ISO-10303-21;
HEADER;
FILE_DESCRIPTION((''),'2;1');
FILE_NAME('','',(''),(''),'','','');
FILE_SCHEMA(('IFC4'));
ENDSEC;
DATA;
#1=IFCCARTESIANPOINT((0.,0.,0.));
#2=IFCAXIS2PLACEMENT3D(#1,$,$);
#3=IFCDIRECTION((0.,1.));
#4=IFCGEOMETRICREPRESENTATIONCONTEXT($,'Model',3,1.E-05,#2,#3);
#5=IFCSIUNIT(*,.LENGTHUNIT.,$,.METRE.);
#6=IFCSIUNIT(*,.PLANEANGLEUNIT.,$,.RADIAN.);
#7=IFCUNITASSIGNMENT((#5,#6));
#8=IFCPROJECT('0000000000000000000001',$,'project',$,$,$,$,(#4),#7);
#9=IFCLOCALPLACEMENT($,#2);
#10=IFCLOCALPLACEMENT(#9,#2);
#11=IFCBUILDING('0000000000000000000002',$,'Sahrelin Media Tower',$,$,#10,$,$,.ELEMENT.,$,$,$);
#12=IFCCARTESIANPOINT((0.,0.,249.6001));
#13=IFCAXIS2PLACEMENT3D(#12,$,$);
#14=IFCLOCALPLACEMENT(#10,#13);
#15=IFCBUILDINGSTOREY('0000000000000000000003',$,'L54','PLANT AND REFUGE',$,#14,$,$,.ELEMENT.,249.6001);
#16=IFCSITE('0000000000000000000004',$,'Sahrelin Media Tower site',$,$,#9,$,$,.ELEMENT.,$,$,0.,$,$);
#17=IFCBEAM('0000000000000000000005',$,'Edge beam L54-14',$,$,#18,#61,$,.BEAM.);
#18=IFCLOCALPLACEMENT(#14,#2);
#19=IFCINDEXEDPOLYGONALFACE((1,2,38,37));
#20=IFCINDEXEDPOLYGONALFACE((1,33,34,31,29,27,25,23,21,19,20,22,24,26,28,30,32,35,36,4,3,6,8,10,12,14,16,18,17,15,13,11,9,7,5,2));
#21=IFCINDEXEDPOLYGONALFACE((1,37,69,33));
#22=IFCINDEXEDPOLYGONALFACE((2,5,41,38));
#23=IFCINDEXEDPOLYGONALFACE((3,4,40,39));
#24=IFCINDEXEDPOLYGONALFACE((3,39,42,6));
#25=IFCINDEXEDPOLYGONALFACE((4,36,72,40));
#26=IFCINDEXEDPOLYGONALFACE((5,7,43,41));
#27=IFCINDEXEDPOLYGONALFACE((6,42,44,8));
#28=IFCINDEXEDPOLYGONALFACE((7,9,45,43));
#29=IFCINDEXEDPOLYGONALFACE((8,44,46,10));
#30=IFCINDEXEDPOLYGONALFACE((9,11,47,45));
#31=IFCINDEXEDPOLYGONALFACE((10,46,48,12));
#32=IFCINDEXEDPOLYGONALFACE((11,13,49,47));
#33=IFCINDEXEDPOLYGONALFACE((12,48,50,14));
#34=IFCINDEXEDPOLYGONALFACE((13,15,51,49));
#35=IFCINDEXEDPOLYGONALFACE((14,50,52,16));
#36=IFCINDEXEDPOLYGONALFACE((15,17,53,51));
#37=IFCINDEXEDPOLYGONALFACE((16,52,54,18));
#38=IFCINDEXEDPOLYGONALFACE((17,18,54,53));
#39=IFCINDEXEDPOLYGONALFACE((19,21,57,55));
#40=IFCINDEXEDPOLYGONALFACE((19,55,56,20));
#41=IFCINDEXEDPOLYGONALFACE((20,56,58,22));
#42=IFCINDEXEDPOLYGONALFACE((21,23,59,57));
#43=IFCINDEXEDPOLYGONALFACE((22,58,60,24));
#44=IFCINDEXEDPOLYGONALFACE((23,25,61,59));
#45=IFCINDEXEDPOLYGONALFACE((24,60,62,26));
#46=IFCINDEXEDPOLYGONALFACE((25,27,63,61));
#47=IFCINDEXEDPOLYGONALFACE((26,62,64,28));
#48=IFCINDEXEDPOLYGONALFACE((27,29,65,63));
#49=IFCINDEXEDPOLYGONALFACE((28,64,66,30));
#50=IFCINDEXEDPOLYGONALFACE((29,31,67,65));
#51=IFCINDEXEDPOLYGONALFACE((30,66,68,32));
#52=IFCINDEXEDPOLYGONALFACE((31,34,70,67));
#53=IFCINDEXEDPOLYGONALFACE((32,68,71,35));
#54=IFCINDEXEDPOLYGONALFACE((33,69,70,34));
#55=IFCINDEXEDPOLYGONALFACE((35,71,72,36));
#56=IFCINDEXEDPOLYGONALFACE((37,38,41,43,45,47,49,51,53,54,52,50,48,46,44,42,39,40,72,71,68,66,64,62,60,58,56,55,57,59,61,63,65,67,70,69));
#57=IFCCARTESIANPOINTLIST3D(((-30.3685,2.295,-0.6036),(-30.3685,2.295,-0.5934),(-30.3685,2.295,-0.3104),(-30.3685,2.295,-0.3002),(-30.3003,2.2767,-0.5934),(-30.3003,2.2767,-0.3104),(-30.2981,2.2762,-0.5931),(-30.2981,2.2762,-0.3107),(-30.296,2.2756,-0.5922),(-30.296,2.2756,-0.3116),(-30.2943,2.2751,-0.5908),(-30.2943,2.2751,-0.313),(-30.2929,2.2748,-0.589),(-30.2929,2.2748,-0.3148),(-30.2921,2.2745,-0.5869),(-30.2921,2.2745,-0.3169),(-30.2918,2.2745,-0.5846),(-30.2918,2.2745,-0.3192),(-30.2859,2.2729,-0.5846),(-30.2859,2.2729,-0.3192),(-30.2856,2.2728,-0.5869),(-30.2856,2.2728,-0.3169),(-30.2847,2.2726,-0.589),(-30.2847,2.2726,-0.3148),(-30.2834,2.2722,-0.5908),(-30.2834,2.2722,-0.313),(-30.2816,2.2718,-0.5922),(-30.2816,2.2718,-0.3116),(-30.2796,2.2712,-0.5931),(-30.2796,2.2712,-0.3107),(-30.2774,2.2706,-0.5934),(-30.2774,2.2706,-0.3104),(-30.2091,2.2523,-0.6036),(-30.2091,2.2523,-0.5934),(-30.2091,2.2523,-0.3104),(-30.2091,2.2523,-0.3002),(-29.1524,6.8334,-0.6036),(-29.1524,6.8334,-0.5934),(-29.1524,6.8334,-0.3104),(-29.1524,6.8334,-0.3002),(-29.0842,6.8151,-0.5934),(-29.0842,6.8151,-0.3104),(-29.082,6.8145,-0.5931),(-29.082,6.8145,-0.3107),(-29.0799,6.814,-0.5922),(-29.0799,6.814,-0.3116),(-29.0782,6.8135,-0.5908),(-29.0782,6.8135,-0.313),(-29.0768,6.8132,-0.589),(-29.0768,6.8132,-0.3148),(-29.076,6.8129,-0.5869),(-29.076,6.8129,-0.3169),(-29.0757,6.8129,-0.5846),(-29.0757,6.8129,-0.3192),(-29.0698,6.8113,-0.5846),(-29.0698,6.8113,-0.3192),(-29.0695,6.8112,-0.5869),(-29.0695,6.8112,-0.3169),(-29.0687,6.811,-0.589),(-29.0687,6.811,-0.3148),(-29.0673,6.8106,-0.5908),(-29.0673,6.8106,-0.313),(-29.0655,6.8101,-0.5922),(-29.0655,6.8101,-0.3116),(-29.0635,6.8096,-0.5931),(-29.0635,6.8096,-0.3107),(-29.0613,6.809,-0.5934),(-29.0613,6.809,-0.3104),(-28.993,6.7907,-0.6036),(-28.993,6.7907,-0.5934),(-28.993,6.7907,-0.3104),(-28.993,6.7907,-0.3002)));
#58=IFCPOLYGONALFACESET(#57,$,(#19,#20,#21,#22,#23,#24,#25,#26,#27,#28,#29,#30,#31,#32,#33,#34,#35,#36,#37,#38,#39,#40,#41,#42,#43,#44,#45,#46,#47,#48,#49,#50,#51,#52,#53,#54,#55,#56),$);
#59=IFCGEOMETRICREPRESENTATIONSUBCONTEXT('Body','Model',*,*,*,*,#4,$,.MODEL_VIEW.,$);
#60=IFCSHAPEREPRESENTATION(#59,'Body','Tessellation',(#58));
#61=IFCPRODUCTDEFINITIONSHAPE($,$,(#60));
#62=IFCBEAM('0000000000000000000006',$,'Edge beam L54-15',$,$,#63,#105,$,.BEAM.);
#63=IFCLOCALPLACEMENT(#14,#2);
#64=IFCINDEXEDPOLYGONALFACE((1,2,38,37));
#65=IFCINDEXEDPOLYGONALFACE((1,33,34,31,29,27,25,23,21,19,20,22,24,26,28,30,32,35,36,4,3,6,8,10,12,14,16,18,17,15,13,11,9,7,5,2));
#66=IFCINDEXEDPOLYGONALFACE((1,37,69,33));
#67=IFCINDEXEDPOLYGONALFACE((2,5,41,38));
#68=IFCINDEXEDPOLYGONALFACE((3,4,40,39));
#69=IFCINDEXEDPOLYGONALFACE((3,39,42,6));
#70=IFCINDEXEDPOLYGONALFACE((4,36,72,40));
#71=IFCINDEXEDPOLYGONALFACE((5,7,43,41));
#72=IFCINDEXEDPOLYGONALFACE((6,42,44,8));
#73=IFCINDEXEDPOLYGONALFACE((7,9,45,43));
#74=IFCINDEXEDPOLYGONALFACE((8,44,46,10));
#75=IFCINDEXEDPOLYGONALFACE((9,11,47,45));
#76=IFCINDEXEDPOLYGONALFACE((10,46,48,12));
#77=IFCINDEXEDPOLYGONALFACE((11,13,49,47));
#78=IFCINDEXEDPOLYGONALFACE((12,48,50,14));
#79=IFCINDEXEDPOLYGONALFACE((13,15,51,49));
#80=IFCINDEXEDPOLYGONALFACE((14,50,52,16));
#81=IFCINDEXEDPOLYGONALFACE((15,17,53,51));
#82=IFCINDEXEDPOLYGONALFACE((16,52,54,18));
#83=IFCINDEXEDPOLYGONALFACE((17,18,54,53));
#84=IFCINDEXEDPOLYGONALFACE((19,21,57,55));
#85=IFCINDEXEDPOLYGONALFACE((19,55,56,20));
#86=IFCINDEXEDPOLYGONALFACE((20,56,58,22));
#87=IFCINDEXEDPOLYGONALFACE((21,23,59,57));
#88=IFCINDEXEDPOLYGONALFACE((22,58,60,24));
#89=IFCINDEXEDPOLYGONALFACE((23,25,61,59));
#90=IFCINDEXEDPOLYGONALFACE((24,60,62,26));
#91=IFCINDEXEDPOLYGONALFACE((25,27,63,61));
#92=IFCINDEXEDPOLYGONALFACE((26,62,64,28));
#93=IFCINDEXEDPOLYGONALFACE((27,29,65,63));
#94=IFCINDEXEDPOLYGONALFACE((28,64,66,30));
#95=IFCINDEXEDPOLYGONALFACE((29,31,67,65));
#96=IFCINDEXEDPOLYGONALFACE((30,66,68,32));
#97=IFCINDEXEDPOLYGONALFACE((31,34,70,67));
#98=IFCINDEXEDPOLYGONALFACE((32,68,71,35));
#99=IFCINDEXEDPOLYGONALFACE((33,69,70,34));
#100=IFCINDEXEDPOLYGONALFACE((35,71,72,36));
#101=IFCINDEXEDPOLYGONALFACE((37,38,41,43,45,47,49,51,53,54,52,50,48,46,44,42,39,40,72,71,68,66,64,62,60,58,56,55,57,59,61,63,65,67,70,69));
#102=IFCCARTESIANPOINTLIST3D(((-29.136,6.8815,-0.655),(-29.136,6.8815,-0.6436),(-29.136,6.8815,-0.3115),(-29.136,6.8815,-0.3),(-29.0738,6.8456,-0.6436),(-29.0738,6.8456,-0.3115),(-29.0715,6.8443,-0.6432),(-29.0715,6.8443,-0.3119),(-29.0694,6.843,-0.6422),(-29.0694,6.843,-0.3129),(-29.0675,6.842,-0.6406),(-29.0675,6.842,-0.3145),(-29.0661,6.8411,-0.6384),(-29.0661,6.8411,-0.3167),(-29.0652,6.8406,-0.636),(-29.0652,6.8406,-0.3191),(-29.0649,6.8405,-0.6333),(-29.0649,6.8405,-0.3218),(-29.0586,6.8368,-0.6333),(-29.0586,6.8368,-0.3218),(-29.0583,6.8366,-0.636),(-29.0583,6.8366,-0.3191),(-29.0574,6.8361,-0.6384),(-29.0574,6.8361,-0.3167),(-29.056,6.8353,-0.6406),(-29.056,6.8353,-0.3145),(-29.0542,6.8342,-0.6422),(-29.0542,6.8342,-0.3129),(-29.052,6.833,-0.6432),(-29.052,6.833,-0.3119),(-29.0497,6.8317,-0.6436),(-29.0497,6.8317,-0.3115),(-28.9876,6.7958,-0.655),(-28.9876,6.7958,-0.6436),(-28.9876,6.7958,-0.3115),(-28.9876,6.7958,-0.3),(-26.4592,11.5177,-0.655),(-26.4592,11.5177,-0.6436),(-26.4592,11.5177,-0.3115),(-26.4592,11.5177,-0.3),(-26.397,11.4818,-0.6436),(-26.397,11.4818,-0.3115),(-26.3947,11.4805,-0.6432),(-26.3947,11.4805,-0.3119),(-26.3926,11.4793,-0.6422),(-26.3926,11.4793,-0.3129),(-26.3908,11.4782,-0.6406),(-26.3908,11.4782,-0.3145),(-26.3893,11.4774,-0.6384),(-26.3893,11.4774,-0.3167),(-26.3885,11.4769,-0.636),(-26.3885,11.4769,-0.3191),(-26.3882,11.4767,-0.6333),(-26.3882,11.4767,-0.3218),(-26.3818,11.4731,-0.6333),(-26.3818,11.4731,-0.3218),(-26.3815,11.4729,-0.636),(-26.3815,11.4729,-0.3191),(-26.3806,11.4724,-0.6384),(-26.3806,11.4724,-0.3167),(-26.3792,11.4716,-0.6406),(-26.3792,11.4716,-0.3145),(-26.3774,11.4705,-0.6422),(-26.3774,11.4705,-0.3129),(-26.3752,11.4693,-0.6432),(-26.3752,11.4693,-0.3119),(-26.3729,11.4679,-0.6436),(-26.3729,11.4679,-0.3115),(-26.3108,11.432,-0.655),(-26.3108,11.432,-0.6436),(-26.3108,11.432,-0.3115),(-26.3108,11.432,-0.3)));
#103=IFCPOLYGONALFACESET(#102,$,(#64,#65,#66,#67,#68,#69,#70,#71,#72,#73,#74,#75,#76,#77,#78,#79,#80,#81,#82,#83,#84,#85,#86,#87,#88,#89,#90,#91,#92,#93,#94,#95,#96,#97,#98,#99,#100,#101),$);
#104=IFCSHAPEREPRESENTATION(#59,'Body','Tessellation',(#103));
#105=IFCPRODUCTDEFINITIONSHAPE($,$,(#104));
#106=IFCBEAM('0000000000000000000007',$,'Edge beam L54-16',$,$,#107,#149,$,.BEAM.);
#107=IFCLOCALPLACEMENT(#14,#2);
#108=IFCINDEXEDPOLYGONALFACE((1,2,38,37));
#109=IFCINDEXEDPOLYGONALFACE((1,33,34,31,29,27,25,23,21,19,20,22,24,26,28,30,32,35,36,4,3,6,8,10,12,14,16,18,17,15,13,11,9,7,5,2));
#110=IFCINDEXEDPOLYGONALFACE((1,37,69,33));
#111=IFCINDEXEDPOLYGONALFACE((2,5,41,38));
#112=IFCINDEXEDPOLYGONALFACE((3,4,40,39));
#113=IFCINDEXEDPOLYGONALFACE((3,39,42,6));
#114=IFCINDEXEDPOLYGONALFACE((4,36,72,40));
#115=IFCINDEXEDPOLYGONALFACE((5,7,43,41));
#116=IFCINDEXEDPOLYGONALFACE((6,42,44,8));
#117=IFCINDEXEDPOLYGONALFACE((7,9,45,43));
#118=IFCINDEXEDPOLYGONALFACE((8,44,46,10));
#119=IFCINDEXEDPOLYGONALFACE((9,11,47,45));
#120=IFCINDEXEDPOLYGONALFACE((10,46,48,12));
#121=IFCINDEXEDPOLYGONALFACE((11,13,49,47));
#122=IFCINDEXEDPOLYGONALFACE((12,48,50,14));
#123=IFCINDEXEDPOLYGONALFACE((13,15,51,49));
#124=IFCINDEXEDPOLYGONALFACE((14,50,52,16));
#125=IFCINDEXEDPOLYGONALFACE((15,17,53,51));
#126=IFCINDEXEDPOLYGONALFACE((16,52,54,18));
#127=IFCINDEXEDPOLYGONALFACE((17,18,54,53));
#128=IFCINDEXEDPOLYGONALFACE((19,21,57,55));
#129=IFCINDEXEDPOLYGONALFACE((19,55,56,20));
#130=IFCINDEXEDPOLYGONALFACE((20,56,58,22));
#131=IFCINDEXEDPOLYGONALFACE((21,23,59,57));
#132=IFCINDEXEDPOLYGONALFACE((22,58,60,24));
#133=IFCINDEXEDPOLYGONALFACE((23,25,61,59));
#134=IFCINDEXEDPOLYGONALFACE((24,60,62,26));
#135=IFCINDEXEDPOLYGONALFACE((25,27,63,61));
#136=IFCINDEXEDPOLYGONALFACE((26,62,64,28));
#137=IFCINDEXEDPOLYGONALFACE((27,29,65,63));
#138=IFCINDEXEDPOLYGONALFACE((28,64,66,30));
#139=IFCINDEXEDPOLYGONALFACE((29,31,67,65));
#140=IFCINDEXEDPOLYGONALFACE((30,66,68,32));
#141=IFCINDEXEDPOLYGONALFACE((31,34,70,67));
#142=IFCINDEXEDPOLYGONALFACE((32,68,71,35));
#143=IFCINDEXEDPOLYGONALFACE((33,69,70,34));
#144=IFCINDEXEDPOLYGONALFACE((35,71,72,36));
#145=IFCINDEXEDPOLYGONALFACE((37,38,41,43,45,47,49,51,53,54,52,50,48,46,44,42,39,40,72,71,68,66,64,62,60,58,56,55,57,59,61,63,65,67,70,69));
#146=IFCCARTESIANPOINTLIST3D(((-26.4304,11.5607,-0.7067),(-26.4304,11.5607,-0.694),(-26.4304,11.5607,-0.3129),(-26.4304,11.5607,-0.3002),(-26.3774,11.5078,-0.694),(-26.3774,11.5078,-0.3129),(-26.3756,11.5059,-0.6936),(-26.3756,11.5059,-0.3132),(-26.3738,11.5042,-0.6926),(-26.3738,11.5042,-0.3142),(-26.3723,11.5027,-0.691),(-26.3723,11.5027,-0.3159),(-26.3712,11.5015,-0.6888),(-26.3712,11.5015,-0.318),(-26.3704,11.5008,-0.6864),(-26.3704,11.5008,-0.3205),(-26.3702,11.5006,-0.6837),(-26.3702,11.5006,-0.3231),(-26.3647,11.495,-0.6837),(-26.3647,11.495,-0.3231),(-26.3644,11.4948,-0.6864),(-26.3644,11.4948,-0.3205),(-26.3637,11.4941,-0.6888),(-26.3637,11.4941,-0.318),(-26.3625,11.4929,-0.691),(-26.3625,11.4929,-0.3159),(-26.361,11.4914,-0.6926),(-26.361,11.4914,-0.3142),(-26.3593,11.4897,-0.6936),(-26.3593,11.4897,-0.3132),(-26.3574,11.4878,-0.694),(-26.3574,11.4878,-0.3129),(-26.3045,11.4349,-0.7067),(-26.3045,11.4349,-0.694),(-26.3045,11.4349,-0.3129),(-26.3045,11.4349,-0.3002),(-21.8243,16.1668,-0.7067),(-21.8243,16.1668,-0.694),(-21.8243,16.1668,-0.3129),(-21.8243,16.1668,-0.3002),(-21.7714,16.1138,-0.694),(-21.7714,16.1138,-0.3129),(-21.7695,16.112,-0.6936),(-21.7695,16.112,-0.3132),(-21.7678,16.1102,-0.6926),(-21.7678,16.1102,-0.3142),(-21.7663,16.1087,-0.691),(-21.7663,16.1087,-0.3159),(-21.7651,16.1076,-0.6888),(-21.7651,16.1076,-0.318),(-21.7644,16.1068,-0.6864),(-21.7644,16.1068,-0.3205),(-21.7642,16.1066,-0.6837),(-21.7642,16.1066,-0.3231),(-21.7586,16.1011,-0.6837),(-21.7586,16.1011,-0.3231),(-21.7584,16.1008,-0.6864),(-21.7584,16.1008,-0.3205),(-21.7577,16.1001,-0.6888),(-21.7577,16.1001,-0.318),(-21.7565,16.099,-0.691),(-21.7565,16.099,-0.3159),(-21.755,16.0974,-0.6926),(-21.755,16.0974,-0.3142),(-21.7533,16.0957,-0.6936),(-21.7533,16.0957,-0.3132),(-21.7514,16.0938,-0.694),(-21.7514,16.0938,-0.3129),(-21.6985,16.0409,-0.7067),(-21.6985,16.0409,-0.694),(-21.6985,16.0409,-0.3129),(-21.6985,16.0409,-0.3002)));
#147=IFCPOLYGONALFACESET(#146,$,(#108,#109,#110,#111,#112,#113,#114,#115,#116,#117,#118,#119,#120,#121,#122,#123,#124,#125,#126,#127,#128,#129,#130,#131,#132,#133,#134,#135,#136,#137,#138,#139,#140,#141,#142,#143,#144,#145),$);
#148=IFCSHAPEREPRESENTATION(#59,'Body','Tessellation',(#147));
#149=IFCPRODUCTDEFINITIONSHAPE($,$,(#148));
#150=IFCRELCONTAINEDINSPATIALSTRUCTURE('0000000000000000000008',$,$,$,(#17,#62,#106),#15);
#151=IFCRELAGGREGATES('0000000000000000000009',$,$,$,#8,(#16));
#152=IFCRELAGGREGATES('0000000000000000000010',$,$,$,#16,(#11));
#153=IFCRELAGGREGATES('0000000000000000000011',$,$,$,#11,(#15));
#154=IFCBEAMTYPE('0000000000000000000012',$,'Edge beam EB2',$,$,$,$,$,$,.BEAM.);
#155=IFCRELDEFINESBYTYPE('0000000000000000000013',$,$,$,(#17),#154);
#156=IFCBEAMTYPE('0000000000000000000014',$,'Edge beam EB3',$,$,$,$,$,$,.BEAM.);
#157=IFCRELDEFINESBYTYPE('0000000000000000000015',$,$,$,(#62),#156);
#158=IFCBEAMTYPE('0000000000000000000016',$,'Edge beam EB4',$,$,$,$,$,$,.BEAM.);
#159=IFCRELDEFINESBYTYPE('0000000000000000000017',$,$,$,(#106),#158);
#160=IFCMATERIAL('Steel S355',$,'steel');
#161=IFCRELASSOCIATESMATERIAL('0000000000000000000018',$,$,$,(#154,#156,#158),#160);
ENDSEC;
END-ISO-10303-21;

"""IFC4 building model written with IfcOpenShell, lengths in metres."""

from ifc_helpers import new_model, si_unit, direction, frame, origin, origin_2d, place, context, subcontext, project, spatial, i_section, extrude, material, material_profile, profile_set, type_object, element, save


model = new_model("IFC4")

# Units and contexts
model_context = context("Model", 3, precision=1e-05, world=origin(), true_north=direction((0.0, 1.0)))
body_context = subcontext(model_context, "Body", "Model", "MODEL_VIEW")
ifc_project = project(units=[si_unit("LENGTHUNIT", "METRE"), si_unit("PLANEANGLEUNIT", "RADIAN")], contexts=[model_context])

# Site, building, storey
site_placement = place(None, origin())
site = spatial("IfcSite", under=ifc_project, at=site_placement, Name="Sahrelin Media Tower site", CompositionType="ELEMENT", RefElevation=0.0)
building_placement = place(site_placement, origin())
building = spatial("IfcBuilding", under=site, at=building_placement, Name="Sahrelin Media Tower", CompositionType="ELEMENT")
storey_placement = place(building_placement, frame((0.0, 0.0, 249.6001)))
storey = spatial("IfcBuildingStorey", under=building, at=storey_placement, Name="L54", Description="PLANT AND REFUGE", CompositionType="ELEMENT", Elevation=249.6001)

# Beams
ifc_material_1 = material(Name="Steel S355", Category="steel")
ifc_material_profile_1 = material_profile(ifc_material_1, i_section(OverallWidth=0.165, OverallDepth=0.3035, WebThickness=0.0061, FlangeThickness=0.0103, FilletRadius=0.0088, at=origin_2d()), Name="UB 305x165x40")
ifc_profile_set_1 = profile_set([ifc_material_profile_1], Name="Steel S355")
beam_type_1 = type_object("IfcBeamType", Name="Edge beam EB2", PredefinedType="BEAM", material=ifc_profile_set_1)
beam_1_placement = place(storey_placement, frame((-30.2888, 2.2737, -0.4519), z_axis=(0.258824, 0.965925, 0.0), x_axis=(-0.965925, 0.258824, 0.0)))
element("IfcBeam", 1, at=beam_1_placement, inside=storey, type_object=beam_type_1, Name="Edge beam L54-14", PredefinedType="BEAM", context=body_context, shape_type="SweptSolid", body=[
    extrude(i_section(OverallWidth=0.165, OverallDepth=0.3035, WebThickness=0.0061, FlangeThickness=0.0103, FilletRadius=0.0088, at=origin_2d()), origin(), (0.0, 0.0, 1.0), 4.6985),
])
ifc_material_profile_2 = material_profile(ifc_material_1, i_section(OverallWidth=0.1714, OverallDepth=0.355, WebThickness=0.0073, FlangeThickness=0.0115, FilletRadius=0.0103, at=origin_2d()), Name="UB 356x171x51")
ifc_profile_set_2 = profile_set([ifc_material_profile_2], Name="Steel S355")
beam_type_2 = type_object("IfcBeamType", Name="Edge beam EB3", PredefinedType="BEAM", material=ifc_profile_set_2)
beam_2_placement = place(storey_placement, frame((-29.0618, 6.8386, -0.4775), z_axis=(0.500004, 0.866023, 0.0), x_axis=(-0.866023, 0.500004, 0.0)))
element("IfcBeam", 2, at=beam_2_placement, inside=storey, type_object=beam_type_2, Name="Edge beam L54-15", PredefinedType="BEAM", context=body_context, shape_type="SweptSolid", body=[
    extrude(i_section(OverallWidth=0.1714, OverallDepth=0.355, WebThickness=0.0073, FlangeThickness=0.0115, FilletRadius=0.0103, at=origin_2d()), origin(), (0.0, 0.0, 1.0), 5.3535),
])
ifc_material_profile_3 = material_profile(ifc_material_1, i_section(OverallWidth=0.178, OverallDepth=0.4065, WebThickness=0.0078, FlangeThickness=0.0127, FilletRadius=0.0103, at=origin_2d()), Name="UB 406x178x60")
ifc_profile_set_3 = profile_set([ifc_material_profile_3], Name="Steel S355")
beam_type_3 = type_object("IfcBeamType", Name="Edge beam EB4", PredefinedType="BEAM", material=ifc_profile_set_3)
beam_3_placement = place(storey_placement, frame((-26.3674, 11.4978, -0.5034), z_axis=(0.707107, 0.707107, 0.0), x_axis=(-0.707107, 0.707107, 0.0)))
element("IfcBeam", 3, at=beam_3_placement, inside=storey, type_object=beam_type_3, Name="Edge beam L54-16", PredefinedType="BEAM", context=body_context, shape_type="SweptSolid", body=[
    extrude(i_section(OverallWidth=0.178, OverallDepth=0.4065, WebThickness=0.0078, FlangeThickness=0.0127, FilletRadius=0.0103, at=origin_2d()), origin(), (0.0, 0.0, 1.0), 6.5139),
])

save(model, "model.ifc")
